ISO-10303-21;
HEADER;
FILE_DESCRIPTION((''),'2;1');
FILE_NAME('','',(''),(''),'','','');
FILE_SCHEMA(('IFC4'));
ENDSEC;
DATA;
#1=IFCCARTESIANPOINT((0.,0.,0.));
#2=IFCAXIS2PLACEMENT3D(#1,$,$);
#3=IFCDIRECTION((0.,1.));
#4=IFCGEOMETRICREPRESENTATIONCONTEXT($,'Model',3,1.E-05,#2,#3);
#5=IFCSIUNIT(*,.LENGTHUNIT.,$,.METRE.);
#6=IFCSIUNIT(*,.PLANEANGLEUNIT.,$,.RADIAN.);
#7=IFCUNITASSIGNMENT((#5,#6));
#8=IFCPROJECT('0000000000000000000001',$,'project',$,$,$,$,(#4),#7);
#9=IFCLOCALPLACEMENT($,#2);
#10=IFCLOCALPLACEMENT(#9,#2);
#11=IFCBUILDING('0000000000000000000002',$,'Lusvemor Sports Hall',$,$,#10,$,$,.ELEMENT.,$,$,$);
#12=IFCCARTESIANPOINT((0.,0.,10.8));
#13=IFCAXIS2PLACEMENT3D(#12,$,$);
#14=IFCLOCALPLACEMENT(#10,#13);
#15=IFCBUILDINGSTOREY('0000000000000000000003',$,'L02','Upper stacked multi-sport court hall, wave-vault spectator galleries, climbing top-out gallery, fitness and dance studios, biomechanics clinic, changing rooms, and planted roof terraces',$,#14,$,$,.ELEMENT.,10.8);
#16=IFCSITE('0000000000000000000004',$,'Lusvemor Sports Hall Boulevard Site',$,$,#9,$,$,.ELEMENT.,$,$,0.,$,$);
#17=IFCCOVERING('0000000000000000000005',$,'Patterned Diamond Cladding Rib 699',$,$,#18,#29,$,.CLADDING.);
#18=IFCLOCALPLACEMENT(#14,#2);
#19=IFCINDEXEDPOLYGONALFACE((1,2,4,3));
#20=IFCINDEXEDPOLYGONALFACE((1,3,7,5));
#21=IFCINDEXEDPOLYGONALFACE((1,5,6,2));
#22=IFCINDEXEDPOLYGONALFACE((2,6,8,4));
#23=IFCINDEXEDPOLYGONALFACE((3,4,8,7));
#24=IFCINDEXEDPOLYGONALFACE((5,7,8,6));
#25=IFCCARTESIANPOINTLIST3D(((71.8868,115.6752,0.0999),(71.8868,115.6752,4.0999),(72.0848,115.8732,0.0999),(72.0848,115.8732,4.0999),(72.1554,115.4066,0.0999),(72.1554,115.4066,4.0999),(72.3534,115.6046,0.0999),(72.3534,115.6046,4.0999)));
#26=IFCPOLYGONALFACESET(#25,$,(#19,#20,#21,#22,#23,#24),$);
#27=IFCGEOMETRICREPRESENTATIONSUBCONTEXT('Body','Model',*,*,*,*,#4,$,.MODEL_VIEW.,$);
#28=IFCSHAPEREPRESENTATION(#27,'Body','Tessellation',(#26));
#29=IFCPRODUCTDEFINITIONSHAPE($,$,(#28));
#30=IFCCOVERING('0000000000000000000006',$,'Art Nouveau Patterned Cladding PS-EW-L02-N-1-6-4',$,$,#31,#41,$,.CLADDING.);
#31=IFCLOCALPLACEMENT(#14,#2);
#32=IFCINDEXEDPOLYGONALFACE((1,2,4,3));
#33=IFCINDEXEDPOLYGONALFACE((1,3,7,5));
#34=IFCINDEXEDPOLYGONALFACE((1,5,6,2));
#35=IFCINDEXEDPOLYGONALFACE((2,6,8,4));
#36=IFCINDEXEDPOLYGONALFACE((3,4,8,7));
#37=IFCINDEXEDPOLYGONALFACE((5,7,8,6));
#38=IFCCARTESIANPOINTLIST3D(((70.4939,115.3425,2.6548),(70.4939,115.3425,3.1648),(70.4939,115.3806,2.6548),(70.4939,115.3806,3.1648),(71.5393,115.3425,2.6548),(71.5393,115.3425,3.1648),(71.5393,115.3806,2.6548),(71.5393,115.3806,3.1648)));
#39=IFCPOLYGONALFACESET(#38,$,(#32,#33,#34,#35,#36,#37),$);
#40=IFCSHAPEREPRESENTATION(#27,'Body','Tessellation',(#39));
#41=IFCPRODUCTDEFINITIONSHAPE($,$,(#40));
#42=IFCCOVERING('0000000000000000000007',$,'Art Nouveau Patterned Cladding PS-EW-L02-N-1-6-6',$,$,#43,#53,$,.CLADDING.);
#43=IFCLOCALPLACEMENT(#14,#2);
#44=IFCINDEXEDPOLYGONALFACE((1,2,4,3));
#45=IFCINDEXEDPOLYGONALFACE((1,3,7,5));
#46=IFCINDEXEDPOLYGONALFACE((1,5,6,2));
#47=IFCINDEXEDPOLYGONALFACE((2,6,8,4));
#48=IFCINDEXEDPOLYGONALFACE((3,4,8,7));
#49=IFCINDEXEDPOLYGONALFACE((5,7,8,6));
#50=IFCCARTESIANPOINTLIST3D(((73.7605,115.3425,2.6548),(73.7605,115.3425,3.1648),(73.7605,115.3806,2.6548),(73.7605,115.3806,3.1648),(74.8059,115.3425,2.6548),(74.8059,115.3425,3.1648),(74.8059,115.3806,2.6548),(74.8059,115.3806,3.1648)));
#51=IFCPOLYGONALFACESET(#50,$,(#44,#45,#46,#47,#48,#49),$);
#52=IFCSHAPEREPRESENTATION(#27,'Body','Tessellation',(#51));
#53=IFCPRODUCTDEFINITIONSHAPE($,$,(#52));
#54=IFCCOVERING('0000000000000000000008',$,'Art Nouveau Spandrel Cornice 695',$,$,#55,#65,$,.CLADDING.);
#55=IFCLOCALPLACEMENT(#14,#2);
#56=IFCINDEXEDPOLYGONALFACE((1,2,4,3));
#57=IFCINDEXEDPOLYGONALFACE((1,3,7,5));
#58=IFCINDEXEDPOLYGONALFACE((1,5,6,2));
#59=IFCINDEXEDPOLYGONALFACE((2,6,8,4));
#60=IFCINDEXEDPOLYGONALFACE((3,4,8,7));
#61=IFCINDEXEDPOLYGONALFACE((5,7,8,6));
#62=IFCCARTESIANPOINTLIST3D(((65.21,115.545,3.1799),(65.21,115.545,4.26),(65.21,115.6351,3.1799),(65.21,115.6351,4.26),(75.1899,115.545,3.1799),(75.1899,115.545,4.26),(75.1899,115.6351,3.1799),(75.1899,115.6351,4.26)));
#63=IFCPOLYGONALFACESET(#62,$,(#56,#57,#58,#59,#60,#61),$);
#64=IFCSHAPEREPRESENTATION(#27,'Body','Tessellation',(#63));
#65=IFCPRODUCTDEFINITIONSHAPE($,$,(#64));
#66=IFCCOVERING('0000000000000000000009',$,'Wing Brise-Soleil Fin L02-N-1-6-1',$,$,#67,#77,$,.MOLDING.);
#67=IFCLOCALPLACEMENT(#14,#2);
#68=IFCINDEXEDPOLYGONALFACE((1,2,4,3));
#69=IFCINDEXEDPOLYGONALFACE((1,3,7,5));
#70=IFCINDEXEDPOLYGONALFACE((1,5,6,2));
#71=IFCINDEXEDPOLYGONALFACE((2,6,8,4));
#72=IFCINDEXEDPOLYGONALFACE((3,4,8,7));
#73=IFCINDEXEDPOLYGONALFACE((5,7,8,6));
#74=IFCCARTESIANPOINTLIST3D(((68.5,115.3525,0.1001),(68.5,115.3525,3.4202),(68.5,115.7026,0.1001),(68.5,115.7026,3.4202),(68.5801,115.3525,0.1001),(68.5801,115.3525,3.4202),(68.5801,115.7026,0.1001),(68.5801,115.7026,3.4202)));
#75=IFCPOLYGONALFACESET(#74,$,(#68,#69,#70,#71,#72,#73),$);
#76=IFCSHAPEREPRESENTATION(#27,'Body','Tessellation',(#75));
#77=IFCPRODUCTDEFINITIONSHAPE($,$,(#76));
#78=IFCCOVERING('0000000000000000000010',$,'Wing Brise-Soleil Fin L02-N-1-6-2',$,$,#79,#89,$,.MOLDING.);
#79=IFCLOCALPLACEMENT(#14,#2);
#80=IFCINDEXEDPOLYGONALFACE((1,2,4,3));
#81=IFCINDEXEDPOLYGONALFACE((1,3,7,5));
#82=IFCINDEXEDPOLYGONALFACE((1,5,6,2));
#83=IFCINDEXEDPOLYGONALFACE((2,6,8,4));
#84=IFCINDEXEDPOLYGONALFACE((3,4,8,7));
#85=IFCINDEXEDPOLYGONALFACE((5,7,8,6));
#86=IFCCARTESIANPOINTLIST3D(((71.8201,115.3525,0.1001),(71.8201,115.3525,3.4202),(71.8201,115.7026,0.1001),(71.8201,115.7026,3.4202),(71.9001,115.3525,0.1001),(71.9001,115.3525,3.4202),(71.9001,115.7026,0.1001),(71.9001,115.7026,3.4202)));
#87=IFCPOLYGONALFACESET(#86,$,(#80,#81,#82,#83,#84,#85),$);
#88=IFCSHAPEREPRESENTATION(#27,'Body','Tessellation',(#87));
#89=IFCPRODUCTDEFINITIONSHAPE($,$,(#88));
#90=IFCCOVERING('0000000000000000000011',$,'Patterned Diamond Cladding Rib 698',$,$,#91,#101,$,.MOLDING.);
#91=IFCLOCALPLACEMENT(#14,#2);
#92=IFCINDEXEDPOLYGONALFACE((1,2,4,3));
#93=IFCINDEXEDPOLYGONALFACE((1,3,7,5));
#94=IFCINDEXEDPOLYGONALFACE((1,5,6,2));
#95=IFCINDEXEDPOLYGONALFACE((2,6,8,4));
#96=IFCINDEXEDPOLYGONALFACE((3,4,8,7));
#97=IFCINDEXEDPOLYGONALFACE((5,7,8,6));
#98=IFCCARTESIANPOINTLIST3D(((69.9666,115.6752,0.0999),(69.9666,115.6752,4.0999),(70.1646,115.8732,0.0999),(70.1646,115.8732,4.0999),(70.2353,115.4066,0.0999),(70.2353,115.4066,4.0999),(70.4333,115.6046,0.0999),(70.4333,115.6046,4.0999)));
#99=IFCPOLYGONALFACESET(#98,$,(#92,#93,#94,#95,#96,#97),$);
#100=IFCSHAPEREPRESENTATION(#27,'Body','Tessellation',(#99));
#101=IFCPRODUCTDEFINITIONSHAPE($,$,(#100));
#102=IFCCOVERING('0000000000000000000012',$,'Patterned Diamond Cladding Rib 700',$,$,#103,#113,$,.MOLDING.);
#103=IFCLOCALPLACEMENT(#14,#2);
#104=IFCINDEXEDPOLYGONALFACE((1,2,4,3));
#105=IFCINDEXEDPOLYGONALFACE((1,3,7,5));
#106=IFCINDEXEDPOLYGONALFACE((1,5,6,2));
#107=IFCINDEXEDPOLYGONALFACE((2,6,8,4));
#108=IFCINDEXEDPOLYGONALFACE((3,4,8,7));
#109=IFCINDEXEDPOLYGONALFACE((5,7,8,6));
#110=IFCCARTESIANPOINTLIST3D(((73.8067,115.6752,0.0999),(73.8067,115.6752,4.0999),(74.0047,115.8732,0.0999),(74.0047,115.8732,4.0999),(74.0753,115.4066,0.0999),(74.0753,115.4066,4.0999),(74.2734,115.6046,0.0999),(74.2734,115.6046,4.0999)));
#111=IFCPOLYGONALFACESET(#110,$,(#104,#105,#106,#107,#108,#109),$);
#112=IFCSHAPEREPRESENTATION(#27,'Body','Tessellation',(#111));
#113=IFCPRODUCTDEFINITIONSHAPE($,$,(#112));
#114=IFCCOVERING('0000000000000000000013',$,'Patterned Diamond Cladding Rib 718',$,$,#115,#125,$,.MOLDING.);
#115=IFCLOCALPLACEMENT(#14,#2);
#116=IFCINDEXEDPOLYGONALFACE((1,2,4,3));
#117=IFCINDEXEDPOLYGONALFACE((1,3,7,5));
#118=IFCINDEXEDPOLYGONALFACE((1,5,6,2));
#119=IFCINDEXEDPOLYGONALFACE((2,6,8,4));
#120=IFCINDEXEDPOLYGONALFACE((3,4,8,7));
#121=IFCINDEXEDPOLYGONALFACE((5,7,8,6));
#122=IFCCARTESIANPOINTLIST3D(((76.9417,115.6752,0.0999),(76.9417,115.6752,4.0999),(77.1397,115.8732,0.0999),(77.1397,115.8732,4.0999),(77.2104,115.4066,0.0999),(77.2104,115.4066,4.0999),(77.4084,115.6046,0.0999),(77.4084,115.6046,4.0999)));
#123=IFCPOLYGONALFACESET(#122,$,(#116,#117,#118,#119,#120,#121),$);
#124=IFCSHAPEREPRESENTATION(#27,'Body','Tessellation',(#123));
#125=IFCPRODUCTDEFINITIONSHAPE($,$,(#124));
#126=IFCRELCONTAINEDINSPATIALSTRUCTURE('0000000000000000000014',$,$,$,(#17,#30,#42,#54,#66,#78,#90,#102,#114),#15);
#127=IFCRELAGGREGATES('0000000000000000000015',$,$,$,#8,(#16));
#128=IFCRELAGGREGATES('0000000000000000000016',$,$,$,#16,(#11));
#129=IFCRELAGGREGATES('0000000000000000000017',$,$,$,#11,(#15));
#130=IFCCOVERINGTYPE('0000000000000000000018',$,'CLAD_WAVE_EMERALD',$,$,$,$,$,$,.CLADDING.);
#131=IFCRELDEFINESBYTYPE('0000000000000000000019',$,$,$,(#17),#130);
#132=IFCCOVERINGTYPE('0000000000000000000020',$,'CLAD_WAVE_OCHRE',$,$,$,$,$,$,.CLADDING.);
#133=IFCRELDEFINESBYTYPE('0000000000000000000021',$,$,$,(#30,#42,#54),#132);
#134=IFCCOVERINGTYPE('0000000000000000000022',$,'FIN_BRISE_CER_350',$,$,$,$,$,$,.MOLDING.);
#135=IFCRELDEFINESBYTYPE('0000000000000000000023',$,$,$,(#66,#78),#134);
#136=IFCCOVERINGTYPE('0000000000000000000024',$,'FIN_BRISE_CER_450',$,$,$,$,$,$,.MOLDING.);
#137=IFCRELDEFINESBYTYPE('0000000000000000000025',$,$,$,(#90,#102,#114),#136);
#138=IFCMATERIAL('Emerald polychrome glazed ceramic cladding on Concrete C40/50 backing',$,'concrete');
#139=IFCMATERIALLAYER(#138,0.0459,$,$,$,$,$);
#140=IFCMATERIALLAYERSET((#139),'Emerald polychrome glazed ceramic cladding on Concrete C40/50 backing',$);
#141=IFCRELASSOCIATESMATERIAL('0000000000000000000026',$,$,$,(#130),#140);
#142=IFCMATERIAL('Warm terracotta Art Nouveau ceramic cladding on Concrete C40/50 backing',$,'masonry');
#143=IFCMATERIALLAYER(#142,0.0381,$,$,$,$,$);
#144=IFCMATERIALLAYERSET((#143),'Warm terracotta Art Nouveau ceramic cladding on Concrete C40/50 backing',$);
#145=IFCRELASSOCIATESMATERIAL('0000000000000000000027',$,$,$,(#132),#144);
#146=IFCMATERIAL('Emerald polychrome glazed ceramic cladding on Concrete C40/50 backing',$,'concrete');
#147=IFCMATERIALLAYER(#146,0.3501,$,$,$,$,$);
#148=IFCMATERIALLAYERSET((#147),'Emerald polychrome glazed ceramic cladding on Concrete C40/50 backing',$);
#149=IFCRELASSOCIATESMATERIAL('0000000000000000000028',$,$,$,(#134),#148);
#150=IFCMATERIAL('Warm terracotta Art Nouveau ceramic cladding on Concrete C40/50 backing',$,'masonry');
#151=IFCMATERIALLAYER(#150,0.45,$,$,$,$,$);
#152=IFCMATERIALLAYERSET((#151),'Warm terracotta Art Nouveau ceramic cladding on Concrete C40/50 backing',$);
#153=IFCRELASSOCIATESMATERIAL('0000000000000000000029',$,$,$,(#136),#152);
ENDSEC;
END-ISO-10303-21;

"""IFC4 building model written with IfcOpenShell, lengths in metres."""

from ifc_helpers import new_model, si_unit, direction, frame, origin, origin_2d, place, context, subcontext, project, spatial, rectangle, extrude, material, layer, layer_set, type_object, element, save


model = new_model("IFC4")

# Units and contexts
model_context = context("Model", 3, precision=1e-05, world=origin(), true_north=direction((0.0, 1.0)))
body_context = subcontext(model_context, "Body", "Model", "MODEL_VIEW")
ifc_project = project(units=[si_unit("LENGTHUNIT", "METRE"), si_unit("PLANEANGLEUNIT", "RADIAN")], contexts=[model_context])

# Site, building, storey
site_placement = place(None, origin())
site = spatial("IfcSite", under=ifc_project, at=site_placement, Name="Lusvemor Sports Hall Boulevard Site", CompositionType="ELEMENT", RefElevation=0.0)
building_placement = place(site_placement, origin())
building = spatial("IfcBuilding", under=site, at=building_placement, Name="Lusvemor Sports Hall", CompositionType="ELEMENT")
storey_placement = place(building_placement, frame((0.0, 0.0, 10.8)))
storey = spatial("IfcBuildingStorey", under=building, at=storey_placement, Name="L02", Description="Upper stacked multi-sport court hall, wave-vault spectator galleries, climbing top-out gallery, fitness and dance studios, biomechanics clinic, changing rooms, and planted roof terraces", CompositionType="ELEMENT", Elevation=10.8)

# Coverings
ifc_material_1 = material(Name="Emerald polychrome glazed ceramic cladding on Concrete C40/50 backing", Category="concrete")
ifc_layer_1 = layer(ifc_material_1, 0.0459)
ifc_layer_set_1 = layer_set([ifc_layer_1], Name="Emerald polychrome glazed ceramic cladding on Concrete C40/50 backing")
covering_type_1 = type_object("IfcCoveringType", Name="CLAD_WAVE_EMERALD", PredefinedType="CLADDING", material=ifc_layer_set_1)
for number, where, z_axis, x_axis, name in (
    (1, (72.1201, 115.6399, 0.0999), (0.0, 0.0, 1.0), (0.707107, 0.707107, 0.0), "Patterned Diamond Cladding Rib 699"),
):
    element("IfcCovering", number, at=place(storey_placement, frame(where, z_axis=z_axis, x_axis=x_axis)), inside=storey, type_object=covering_type_1, Name=name, PredefinedType="CLADDING", context=body_context, shape_type="SweptSolid", body=[
        extrude(rectangle(XDim=0.28, YDim=0.3799, at=origin_2d()), origin(), (0.0, 0.0, 1.0), 4.0),
    ])
ifc_material_2 = material(Name="Warm terracotta Art Nouveau ceramic cladding on Concrete C40/50 backing", Category="masonry")
ifc_layer_2 = layer(ifc_material_2, 0.0381)
ifc_layer_set_2 = layer_set([ifc_layer_2], Name="Warm terracotta Art Nouveau ceramic cladding on Concrete C40/50 backing")
covering_type_2 = type_object("IfcCoveringType", Name="CLAD_WAVE_OCHRE", PredefinedType="CLADDING", material=ifc_layer_set_2)
for number, where, z_axis, x_axis, name in (
    (2, (71.0166, 115.3616, 2.6548), (0.0, 0.0, 1.0), (1.0, 0.0, 0.0), "Art Nouveau Patterned Cladding PS-EW-L02-N-1-6-4"),
    (3, (74.2832, 115.3616, 2.6548), (0.0, 0.0, 1.0), (1.0, 0.0, 0.0), "Art Nouveau Patterned Cladding PS-EW-L02-N-1-6-6"),
):
    element("IfcCovering", number, at=place(storey_placement, frame(where, z_axis=z_axis, x_axis=x_axis)), inside=storey, type_object=covering_type_2, Name=name, PredefinedType="CLADDING", context=body_context, shape_type="SweptSolid", body=[
        extrude(rectangle(XDim=1.0454, YDim=0.0381, at=origin_2d()), origin(), (0.0, 0.0, 1.0), 0.51),
    ])
covering_placement = place(storey_placement, frame((70.2, 115.5901, 3.1799), z_axis=(0.0, 0.0, 1.0), x_axis=(1.0, 0.0, 0.0)))
element("IfcCovering", 4, at=covering_placement, inside=storey, type_object=covering_type_2, Name="Art Nouveau Spandrel Cornice 695", PredefinedType="CLADDING", context=body_context, shape_type="SweptSolid", body=[
    extrude(rectangle(XDim=9.98, YDim=0.0901, at=origin_2d()), origin(), (0.0, 0.0, 1.0), 1.0801),
])
ifc_material_3 = material(Name="Emerald polychrome glazed ceramic cladding on Concrete C40/50 backing", Category="concrete")
ifc_layer_3 = layer(ifc_material_3, 0.3501)
ifc_layer_set_3 = layer_set([ifc_layer_3], Name="Emerald polychrome glazed ceramic cladding on Concrete C40/50 backing")
covering_type_3 = type_object("IfcCoveringType", Name="FIN_BRISE_CER_350", PredefinedType="MOLDING", material=ifc_layer_set_3)
for number, where, z_axis, x_axis, name in (
    (5, (68.54, 115.5276, 0.1001), (0.0, 0.0, 1.0), (1.0, 0.0, 0.0), "Wing Brise-Soleil Fin L02-N-1-6-1"),
    (6, (71.8601, 115.5276, 0.1001), (0.0, 0.0, 1.0), (1.0, 0.0, 0.0), "Wing Brise-Soleil Fin L02-N-1-6-2"),
):
    element("IfcCovering", number, at=place(storey_placement, frame(where, z_axis=z_axis, x_axis=x_axis)), inside=storey, type_object=covering_type_3, Name=name, PredefinedType="MOLDING", context=body_context, shape_type="SweptSolid", body=[
        extrude(rectangle(XDim=0.0801, YDim=0.3501, at=origin_2d()), origin(), (0.0, 0.0, 1.0), 3.3201),
    ])
ifc_material_4 = material(Name="Warm terracotta Art Nouveau ceramic cladding on Concrete C40/50 backing", Category="masonry")
ifc_layer_4 = layer(ifc_material_4, 0.45)
ifc_layer_set_4 = layer_set([ifc_layer_4], Name="Warm terracotta Art Nouveau ceramic cladding on Concrete C40/50 backing")
covering_type_4 = type_object("IfcCoveringType", Name="FIN_BRISE_CER_450", PredefinedType="MOLDING", material=ifc_layer_set_4)
for number, where, z_axis, x_axis, name in (
    (7, (70.2, 115.6399, 0.0999), (0.0, 0.0, 1.0), (0.707107, 0.707107, 0.0), "Patterned Diamond Cladding Rib 698"),
    (8, (74.04, 115.6399, 0.0999), (0.0, 0.0, 1.0), (0.707107, 0.707107, 0.0), "Patterned Diamond Cladding Rib 700"),
    (9, (77.175, 115.6399, 0.0999), (0.0, 0.0, 1.0), (0.707107, 0.707107, 0.0), "Patterned Diamond Cladding Rib 718"),
):
    element("IfcCovering", number, at=place(storey_placement, frame(where, z_axis=z_axis, x_axis=x_axis)), inside=storey, type_object=covering_type_4, Name=name, PredefinedType="MOLDING", context=body_context, shape_type="SweptSolid", body=[
        extrude(rectangle(XDim=0.28, YDim=0.3799, at=origin_2d()), origin(), (0.0, 0.0, 1.0), 4.0),
    ])

save(model, "model.ifc")
